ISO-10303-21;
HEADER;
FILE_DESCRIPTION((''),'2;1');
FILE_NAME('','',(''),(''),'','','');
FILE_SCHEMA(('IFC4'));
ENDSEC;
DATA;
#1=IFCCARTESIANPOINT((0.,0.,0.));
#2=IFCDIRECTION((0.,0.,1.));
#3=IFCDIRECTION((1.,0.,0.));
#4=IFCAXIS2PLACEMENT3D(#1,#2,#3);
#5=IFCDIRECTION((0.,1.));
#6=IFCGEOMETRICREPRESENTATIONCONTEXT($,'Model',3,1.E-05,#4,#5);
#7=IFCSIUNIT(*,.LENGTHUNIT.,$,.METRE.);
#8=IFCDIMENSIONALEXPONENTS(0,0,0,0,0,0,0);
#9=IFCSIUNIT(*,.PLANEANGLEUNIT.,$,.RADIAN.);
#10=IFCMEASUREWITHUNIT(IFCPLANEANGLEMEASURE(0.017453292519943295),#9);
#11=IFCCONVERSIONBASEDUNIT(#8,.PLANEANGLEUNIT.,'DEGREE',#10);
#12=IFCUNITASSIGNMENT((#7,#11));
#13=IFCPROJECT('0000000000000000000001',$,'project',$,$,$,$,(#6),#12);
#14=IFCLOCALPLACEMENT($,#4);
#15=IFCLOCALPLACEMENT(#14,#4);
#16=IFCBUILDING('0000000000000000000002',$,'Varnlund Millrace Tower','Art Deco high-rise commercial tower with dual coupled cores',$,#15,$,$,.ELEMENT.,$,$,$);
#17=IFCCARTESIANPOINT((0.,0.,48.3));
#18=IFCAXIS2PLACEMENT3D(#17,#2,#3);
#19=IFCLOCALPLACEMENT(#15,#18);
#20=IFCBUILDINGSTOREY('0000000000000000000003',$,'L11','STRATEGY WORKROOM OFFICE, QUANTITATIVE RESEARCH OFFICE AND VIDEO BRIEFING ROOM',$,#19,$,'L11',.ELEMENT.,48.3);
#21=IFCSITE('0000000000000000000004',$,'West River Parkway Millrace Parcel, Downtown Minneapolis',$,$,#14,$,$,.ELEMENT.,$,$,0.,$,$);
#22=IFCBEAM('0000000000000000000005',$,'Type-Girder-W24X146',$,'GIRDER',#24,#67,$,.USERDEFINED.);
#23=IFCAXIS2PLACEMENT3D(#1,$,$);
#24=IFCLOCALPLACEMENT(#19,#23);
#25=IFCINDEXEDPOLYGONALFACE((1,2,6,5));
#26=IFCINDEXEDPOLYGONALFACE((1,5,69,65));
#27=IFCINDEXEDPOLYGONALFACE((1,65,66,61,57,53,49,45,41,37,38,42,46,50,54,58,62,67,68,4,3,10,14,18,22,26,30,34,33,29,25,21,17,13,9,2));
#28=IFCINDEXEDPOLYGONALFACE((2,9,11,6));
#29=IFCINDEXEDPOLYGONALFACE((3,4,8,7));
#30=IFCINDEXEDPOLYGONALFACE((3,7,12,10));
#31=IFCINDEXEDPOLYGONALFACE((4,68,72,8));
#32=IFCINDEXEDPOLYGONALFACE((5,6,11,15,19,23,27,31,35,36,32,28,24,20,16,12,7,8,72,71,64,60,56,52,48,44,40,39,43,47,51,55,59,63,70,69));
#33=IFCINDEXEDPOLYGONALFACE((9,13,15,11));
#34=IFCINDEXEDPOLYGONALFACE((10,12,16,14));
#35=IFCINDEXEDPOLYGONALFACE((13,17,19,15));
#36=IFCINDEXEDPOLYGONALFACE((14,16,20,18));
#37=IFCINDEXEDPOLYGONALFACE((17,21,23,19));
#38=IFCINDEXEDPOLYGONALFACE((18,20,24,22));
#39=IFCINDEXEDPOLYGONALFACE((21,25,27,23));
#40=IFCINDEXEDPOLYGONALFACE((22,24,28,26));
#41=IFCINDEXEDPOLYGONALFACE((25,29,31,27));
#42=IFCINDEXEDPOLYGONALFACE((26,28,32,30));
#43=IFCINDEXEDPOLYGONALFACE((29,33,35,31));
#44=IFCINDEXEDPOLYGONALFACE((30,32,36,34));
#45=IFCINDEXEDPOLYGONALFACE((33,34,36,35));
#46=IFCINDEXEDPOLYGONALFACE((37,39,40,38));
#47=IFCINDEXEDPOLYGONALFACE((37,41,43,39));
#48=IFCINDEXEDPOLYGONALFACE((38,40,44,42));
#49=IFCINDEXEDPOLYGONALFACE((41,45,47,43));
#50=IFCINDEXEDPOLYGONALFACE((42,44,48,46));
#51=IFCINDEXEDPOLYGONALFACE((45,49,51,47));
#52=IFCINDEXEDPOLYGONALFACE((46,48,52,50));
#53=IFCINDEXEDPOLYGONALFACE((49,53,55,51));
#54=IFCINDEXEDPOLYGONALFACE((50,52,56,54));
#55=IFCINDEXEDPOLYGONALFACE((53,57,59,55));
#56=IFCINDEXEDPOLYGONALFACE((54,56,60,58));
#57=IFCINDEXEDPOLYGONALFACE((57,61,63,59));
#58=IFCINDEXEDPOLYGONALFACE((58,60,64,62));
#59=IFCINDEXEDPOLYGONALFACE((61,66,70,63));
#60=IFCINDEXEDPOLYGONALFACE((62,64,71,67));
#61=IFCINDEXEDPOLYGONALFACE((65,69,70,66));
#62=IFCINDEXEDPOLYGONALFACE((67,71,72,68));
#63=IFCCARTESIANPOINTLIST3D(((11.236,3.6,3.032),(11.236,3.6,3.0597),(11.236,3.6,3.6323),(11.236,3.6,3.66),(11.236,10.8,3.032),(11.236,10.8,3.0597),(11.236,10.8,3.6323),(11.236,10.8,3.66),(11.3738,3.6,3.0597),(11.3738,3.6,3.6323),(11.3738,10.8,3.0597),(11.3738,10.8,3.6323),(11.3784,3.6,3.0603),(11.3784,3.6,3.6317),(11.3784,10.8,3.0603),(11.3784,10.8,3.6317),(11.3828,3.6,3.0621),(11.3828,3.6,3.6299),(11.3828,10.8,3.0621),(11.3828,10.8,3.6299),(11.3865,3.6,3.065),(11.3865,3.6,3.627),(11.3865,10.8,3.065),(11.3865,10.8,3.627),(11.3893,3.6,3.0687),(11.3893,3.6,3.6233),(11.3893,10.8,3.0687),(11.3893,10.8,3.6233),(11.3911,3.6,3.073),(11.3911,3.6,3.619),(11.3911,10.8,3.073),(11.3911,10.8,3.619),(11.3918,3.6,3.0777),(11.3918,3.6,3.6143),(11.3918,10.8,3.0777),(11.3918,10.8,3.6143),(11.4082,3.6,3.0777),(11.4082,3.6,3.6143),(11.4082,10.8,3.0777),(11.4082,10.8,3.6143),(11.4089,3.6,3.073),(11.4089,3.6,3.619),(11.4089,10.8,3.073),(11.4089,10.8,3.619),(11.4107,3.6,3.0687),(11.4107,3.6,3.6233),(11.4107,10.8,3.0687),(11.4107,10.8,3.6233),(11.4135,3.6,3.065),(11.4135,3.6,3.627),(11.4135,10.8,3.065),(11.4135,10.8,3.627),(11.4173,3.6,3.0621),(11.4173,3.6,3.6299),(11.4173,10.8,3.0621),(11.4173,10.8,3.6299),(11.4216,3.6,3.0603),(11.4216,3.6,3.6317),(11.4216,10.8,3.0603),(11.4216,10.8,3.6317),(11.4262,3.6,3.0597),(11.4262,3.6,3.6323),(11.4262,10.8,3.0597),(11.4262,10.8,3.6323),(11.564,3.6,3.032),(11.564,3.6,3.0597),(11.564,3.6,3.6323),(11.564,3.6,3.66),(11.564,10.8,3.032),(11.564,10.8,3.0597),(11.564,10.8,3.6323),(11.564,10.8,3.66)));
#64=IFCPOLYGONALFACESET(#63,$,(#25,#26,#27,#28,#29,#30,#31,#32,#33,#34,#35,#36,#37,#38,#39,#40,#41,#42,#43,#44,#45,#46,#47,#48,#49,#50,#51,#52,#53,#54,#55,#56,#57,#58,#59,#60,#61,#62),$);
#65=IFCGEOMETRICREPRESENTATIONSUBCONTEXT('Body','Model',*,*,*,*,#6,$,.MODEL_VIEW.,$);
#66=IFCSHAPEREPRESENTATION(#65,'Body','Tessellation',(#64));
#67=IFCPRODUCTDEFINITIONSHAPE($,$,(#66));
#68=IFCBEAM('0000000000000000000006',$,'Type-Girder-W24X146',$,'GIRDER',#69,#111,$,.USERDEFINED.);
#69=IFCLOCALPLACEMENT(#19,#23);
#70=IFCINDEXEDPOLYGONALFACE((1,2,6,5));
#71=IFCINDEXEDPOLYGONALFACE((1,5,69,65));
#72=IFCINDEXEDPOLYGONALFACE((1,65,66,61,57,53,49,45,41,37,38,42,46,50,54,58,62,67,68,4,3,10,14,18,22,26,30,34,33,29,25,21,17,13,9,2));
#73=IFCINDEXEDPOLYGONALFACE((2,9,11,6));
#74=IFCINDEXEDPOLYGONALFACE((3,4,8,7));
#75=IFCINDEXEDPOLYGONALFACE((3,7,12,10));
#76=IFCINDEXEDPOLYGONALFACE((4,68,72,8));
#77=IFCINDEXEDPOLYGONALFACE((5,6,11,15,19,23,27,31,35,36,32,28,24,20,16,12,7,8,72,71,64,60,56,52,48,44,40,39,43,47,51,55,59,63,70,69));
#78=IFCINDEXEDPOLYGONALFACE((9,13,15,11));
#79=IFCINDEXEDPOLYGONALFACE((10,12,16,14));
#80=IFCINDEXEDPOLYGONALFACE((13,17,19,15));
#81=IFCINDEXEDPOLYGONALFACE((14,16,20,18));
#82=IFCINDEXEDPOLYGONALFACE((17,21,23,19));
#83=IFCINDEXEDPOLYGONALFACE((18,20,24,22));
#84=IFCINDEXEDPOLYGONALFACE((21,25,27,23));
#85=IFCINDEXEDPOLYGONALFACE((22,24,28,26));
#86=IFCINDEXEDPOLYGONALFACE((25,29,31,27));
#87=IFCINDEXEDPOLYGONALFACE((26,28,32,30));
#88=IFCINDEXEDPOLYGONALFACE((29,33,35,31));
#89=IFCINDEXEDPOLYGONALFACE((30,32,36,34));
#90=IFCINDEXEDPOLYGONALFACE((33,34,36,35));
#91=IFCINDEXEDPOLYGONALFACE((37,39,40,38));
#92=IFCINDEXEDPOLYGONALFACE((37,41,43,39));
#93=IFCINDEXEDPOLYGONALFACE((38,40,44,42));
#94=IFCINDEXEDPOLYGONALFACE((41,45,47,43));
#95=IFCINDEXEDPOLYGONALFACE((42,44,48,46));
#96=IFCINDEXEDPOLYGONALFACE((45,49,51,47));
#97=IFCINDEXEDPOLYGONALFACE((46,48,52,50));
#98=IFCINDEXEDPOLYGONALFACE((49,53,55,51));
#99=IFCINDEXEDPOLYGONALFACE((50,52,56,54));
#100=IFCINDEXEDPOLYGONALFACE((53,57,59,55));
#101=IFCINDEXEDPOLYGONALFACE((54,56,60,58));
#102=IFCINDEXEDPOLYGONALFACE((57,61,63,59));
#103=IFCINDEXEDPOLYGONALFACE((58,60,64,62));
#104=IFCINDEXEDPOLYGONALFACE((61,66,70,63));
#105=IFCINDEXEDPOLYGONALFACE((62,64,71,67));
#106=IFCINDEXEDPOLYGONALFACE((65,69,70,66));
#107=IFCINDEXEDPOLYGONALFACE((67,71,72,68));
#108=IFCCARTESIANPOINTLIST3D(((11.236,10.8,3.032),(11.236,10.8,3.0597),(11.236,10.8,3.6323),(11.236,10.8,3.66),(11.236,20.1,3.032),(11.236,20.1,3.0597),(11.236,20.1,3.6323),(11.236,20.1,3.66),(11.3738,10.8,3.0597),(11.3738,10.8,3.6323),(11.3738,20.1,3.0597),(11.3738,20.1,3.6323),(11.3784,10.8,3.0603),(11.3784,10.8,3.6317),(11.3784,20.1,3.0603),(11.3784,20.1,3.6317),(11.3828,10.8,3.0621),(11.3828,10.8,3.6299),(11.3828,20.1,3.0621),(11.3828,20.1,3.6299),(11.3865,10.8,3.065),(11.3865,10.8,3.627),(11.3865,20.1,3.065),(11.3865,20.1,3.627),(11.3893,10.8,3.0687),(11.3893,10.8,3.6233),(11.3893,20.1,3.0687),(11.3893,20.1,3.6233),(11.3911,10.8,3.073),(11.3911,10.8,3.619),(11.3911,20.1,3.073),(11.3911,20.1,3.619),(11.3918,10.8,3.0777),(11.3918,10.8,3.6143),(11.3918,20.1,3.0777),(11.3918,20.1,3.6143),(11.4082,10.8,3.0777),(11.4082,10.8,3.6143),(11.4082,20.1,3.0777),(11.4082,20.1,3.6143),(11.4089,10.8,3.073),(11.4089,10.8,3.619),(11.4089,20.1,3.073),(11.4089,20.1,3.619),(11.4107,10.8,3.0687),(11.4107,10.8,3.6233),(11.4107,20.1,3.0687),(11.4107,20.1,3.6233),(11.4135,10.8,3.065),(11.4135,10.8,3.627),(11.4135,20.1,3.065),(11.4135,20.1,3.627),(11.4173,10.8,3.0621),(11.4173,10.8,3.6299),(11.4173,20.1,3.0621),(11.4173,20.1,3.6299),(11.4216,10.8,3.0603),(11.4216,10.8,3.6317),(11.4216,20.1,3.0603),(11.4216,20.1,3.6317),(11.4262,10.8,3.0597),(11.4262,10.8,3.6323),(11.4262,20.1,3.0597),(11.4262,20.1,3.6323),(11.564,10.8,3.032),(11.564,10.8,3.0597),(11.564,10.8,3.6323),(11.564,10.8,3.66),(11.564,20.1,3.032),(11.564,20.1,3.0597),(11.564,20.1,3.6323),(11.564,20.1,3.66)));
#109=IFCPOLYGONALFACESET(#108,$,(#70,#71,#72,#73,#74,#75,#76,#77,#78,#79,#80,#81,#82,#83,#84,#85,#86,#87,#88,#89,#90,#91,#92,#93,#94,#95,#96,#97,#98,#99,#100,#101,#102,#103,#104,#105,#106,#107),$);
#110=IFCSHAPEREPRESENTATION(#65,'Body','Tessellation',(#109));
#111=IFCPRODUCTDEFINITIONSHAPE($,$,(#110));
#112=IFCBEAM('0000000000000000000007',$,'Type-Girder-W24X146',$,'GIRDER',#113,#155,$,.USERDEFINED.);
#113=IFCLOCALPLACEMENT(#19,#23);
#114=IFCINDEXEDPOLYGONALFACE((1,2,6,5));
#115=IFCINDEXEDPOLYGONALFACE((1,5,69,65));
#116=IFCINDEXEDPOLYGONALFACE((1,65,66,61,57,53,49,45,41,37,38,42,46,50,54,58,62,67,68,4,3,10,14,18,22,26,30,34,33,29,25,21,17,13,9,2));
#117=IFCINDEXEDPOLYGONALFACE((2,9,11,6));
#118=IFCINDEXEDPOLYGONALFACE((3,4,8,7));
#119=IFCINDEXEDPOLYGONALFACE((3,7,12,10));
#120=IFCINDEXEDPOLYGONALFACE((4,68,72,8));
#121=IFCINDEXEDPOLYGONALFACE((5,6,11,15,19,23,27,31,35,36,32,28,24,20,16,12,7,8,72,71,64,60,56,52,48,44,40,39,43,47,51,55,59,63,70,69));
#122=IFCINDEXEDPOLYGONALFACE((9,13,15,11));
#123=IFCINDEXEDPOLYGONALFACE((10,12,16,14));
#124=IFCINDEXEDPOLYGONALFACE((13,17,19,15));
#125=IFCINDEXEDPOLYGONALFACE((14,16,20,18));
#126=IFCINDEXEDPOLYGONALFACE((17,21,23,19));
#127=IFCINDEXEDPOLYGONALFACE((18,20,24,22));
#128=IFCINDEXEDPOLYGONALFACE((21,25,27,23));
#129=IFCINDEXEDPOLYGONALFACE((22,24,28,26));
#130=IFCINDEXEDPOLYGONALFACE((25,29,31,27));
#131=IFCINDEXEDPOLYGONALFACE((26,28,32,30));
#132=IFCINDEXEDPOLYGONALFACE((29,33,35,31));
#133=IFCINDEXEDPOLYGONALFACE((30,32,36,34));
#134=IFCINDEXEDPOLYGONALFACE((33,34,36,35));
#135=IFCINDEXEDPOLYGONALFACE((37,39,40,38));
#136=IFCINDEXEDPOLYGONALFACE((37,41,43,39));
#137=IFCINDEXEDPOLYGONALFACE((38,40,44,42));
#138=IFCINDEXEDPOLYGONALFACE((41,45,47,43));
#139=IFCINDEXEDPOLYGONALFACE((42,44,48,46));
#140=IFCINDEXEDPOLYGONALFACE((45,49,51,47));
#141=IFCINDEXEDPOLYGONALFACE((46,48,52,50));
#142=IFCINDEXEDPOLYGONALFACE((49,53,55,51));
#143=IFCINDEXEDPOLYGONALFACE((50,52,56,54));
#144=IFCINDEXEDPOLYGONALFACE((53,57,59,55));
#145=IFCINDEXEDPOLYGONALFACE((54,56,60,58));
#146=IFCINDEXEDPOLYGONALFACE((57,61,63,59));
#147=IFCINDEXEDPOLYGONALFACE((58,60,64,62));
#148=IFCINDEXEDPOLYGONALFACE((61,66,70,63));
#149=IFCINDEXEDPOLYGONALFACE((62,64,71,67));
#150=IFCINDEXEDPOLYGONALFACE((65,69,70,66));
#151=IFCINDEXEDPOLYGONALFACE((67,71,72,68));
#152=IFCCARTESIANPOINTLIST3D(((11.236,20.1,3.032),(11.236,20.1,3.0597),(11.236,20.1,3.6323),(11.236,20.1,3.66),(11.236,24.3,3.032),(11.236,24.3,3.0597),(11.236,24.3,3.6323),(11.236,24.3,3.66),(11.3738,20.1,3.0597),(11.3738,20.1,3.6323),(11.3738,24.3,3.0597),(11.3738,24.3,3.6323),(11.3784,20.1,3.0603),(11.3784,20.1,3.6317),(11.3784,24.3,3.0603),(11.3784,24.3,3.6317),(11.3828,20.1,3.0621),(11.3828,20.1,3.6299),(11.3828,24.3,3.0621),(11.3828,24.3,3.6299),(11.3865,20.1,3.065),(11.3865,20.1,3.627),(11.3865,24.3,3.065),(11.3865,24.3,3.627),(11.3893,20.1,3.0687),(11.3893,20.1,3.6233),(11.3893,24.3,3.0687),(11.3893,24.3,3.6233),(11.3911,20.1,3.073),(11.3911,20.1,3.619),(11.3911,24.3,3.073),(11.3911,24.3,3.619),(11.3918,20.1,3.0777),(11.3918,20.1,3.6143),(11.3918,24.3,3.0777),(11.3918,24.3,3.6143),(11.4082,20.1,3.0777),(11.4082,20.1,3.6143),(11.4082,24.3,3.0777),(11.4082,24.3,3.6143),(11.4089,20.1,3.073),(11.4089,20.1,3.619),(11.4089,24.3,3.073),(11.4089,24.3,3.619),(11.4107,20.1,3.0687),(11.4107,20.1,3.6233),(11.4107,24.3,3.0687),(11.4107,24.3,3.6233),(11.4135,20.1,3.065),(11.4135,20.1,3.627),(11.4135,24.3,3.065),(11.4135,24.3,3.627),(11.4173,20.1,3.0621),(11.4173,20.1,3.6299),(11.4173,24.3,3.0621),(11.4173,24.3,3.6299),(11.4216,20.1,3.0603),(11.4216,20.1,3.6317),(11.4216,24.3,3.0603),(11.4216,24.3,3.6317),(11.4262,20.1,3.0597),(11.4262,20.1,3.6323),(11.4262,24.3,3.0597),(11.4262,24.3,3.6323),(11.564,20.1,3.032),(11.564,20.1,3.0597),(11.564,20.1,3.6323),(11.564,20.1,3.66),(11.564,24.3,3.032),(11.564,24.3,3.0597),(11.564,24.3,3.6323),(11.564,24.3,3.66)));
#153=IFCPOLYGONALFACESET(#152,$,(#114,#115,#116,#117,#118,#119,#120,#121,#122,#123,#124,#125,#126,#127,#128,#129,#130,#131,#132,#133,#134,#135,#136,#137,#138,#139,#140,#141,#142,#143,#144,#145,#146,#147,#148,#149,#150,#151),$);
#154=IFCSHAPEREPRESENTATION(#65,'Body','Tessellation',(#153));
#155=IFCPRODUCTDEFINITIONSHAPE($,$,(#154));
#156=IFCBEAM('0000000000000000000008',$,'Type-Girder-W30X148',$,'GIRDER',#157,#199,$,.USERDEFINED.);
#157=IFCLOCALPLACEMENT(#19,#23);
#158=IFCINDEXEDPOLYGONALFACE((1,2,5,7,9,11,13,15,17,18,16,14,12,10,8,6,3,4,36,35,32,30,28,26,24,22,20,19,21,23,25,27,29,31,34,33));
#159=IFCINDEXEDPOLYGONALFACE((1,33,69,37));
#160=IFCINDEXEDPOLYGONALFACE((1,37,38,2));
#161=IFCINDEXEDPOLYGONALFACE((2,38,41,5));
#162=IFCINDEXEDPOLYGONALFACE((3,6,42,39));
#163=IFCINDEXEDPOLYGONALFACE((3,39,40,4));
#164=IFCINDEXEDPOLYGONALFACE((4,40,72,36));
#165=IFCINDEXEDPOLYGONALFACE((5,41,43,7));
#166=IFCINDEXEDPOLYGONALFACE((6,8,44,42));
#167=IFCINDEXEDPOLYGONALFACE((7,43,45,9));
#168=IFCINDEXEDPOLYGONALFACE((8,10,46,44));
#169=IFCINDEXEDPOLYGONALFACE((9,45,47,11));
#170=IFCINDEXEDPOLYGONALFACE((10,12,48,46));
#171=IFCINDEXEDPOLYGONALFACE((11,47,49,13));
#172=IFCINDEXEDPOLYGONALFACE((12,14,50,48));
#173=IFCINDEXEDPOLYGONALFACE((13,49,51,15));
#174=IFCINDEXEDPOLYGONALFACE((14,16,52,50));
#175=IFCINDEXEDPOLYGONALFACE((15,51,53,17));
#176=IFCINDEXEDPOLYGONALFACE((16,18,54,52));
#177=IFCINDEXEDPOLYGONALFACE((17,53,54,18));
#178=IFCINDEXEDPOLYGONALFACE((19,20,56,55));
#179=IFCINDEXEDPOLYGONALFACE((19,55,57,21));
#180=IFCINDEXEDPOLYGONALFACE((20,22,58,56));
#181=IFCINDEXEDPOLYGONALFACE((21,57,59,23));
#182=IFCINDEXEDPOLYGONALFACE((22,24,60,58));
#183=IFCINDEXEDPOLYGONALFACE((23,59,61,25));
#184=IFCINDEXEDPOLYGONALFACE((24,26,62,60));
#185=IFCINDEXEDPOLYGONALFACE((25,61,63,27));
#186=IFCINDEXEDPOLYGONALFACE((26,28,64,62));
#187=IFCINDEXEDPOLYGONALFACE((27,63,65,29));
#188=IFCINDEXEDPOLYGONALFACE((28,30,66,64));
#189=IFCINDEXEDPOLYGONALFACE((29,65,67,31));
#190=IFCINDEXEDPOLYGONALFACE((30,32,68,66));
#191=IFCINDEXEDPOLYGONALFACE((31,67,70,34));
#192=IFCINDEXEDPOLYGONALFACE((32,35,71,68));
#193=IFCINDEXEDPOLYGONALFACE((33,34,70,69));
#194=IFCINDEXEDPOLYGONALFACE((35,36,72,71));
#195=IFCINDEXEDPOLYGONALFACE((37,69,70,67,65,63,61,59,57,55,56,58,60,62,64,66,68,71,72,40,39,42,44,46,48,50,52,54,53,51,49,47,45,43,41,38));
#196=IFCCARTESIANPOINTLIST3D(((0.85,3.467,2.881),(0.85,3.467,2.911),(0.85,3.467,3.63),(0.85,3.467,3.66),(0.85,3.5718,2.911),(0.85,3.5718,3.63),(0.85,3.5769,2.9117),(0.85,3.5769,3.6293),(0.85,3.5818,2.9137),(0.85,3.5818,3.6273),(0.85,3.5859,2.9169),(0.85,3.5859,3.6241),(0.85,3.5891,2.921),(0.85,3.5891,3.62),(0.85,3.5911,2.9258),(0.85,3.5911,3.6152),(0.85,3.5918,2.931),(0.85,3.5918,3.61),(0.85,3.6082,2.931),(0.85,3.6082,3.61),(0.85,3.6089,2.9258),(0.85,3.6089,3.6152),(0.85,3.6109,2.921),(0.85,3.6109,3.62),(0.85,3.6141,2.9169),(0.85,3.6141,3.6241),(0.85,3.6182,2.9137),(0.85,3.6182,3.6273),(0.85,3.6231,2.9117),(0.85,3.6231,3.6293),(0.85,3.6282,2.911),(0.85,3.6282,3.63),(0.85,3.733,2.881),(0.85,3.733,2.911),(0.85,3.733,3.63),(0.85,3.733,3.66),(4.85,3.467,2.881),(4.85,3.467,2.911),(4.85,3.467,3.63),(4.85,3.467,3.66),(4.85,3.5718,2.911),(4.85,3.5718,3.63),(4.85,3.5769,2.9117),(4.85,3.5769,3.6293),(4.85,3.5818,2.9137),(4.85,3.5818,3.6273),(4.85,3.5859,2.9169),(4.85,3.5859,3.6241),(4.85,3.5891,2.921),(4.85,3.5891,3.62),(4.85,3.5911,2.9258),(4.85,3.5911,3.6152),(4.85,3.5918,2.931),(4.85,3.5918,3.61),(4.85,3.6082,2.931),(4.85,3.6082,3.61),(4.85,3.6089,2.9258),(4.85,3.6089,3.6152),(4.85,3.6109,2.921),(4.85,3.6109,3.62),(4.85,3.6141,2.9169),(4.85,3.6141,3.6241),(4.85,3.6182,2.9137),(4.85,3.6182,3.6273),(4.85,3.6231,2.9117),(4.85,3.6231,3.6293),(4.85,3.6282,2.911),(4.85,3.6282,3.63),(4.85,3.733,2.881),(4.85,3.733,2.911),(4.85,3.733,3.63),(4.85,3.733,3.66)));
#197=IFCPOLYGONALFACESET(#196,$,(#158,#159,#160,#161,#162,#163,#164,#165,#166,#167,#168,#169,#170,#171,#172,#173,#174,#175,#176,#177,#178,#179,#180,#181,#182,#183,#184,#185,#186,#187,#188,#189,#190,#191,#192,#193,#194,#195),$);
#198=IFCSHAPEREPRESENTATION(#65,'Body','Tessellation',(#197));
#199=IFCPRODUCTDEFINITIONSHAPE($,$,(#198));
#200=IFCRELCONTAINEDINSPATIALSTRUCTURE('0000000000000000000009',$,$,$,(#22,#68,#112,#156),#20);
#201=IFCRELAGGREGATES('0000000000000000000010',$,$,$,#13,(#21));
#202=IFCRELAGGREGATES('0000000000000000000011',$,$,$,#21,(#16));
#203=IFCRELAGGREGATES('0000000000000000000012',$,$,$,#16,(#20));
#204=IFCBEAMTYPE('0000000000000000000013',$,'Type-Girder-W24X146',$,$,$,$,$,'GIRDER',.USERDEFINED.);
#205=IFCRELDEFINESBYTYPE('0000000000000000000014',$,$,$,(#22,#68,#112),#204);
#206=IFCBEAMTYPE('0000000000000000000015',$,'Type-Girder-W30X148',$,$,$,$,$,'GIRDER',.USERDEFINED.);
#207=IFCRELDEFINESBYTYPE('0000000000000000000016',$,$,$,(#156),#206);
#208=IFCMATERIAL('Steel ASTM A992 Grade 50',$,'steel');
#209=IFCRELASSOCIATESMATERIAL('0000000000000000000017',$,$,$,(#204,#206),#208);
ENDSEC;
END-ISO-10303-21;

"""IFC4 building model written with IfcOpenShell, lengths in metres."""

from ifc_helpers import new_model, entity, si_unit, converted_unit, direction, frame, origin_with_axes, origin_2d_with_axis, place, context, subcontext, project, spatial, i_section, extrude, material, material_profile, profile_set, type_object, element, save


model = new_model("IFC4")

# Units and contexts
model_context = context("Model", 3, precision=1e-05, world=origin_with_axes(), true_north=direction((0.0, 1.0)))
body_context = subcontext(model_context, "Body", "Model", "MODEL_VIEW")
ifc_project = project(units=[si_unit("LENGTHUNIT", "METRE"), converted_unit("PLANEANGLEUNIT", "DEGREE", entity("IfcPlaneAngleMeasure", 0.017453292519943295), si_unit("PLANEANGLEUNIT", "RADIAN"), dimensions=[0, 0, 0, 0, 0, 0, 0])], contexts=[model_context])

# Site, building, storey
site_placement = place(None, origin_with_axes())
site = spatial("IfcSite", under=ifc_project, at=site_placement, Name="West River Parkway Millrace Parcel, Downtown Minneapolis", CompositionType="ELEMENT", RefElevation=0.0)
building_placement = place(site_placement, origin_with_axes())
building = spatial("IfcBuilding", under=site, at=building_placement, Name="Varnlund Millrace Tower", Description="Art Deco high-rise commercial tower with dual coupled cores", CompositionType="ELEMENT")
storey_placement = place(building_placement, frame((0.0, 0.0, 48.3), z_axis=(0.0, 0.0, 1.0), x_axis=(1.0, 0.0, 0.0)))
storey = spatial("IfcBuildingStorey", under=building, at=storey_placement, Name="L11", Description="STRATEGY WORKROOM OFFICE, QUANTITATIVE RESEARCH OFFICE AND VIDEO BRIEFING ROOM", LongName="L11", CompositionType="ELEMENT", Elevation=48.3)

# Beams
ifc_material_1 = material(Name="Steel ASTM A992 Grade 50", Category="steel")
ifc_material_profile_1 = material_profile(ifc_material_1, i_section(OverallWidth=0.328, OverallDepth=0.628, WebThickness=0.0165, FlangeThickness=0.0277, FilletRadius=0.018, at=origin_2d_with_axis()), Name="Steel ASTM A992 Grade 50")
ifc_profile_set_1 = profile_set([ifc_material_profile_1], Name="Steel ASTM A992 Grade 50")
beam_type_1 = type_object("IfcBeamType", Name="Type-Girder-W24X146", ElementType="GIRDER", PredefinedType="USERDEFINED", material=ifc_profile_set_1)
beam_1_placement = place(storey_placement, frame((11.4, 3.6, 3.346), z_axis=(0.0, 1.0, 0.0), x_axis=(-1.0, 0.0, 0.0)))
element("IfcBeam", 1, at=beam_1_placement, inside=storey, type_object=beam_type_1, Name="Type-Girder-W24X146", ObjectType="GIRDER", PredefinedType="USERDEFINED", context=body_context, shape_type="SweptSolid", body=[
    extrude(i_section(OverallWidth=0.328, OverallDepth=0.628, WebThickness=0.0165, FlangeThickness=0.0277, FilletRadius=0.018, at=origin_2d_with_axis()), origin_with_axes(), (0.0, 0.0, 1.0), 7.2),
])
beam_2_placement = place(storey_placement, frame((11.4, 10.8, 3.346), z_axis=(0.0, 1.0, 0.0), x_axis=(-1.0, 0.0, 0.0)))
element("IfcBeam", 2, at=beam_2_placement, inside=storey, type_object=beam_type_1, Name="Type-Girder-W24X146", ObjectType="GIRDER", PredefinedType="USERDEFINED", context=body_context, shape_type="SweptSolid", body=[
    extrude(i_section(OverallWidth=0.328, OverallDepth=0.628, WebThickness=0.0165, FlangeThickness=0.0277, FilletRadius=0.018, at=origin_2d_with_axis()), origin_with_axes(), (0.0, 0.0, 1.0), 9.3),
])
beam_3_placement = place(storey_placement, frame((11.4, 20.1, 3.346), z_axis=(0.0, 1.0, 0.0), x_axis=(-1.0, 0.0, 0.0)))
element("IfcBeam", 3, at=beam_3_placement, inside=storey, type_object=beam_type_1, Name="Type-Girder-W24X146", ObjectType="GIRDER", PredefinedType="USERDEFINED", context=body_context, shape_type="SweptSolid", body=[
    extrude(i_section(OverallWidth=0.328, OverallDepth=0.628, WebThickness=0.0165, FlangeThickness=0.0277, FilletRadius=0.018, at=origin_2d_with_axis()), origin_with_axes(), (0.0, 0.0, 1.0), 4.2),
])
ifc_material_profile_2 = material_profile(ifc_material_1, i_section(OverallWidth=0.266, OverallDepth=0.779, WebThickness=0.0165, FlangeThickness=0.03, FilletRadius=0.02, at=origin_2d_with_axis()), Name="Steel ASTM A992 Grade 50")
ifc_profile_set_2 = profile_set([ifc_material_profile_2], Name="Steel ASTM A992 Grade 50")
beam_type_2 = type_object("IfcBeamType", Name="Type-Girder-W30X148", ElementType="GIRDER", PredefinedType="USERDEFINED", material=ifc_profile_set_2)
beam_4_placement = place(storey_placement, frame((0.85, 3.6, 3.2705), z_axis=(1.0, 0.0, 0.0), x_axis=(0.0, 1.0, 0.0)))
element("IfcBeam", 4, at=beam_4_placement, inside=storey, type_object=beam_type_2, Name="Type-Girder-W30X148", ObjectType="GIRDER", PredefinedType="USERDEFINED", context=body_context, shape_type="SweptSolid", body=[
    extrude(i_section(OverallWidth=0.266, OverallDepth=0.779, WebThickness=0.0165, FlangeThickness=0.03, FilletRadius=0.02, at=origin_2d_with_axis()), origin_with_axes(), (0.0, 0.0, 1.0), 4.0),
])

save(model, "model.ifc")
